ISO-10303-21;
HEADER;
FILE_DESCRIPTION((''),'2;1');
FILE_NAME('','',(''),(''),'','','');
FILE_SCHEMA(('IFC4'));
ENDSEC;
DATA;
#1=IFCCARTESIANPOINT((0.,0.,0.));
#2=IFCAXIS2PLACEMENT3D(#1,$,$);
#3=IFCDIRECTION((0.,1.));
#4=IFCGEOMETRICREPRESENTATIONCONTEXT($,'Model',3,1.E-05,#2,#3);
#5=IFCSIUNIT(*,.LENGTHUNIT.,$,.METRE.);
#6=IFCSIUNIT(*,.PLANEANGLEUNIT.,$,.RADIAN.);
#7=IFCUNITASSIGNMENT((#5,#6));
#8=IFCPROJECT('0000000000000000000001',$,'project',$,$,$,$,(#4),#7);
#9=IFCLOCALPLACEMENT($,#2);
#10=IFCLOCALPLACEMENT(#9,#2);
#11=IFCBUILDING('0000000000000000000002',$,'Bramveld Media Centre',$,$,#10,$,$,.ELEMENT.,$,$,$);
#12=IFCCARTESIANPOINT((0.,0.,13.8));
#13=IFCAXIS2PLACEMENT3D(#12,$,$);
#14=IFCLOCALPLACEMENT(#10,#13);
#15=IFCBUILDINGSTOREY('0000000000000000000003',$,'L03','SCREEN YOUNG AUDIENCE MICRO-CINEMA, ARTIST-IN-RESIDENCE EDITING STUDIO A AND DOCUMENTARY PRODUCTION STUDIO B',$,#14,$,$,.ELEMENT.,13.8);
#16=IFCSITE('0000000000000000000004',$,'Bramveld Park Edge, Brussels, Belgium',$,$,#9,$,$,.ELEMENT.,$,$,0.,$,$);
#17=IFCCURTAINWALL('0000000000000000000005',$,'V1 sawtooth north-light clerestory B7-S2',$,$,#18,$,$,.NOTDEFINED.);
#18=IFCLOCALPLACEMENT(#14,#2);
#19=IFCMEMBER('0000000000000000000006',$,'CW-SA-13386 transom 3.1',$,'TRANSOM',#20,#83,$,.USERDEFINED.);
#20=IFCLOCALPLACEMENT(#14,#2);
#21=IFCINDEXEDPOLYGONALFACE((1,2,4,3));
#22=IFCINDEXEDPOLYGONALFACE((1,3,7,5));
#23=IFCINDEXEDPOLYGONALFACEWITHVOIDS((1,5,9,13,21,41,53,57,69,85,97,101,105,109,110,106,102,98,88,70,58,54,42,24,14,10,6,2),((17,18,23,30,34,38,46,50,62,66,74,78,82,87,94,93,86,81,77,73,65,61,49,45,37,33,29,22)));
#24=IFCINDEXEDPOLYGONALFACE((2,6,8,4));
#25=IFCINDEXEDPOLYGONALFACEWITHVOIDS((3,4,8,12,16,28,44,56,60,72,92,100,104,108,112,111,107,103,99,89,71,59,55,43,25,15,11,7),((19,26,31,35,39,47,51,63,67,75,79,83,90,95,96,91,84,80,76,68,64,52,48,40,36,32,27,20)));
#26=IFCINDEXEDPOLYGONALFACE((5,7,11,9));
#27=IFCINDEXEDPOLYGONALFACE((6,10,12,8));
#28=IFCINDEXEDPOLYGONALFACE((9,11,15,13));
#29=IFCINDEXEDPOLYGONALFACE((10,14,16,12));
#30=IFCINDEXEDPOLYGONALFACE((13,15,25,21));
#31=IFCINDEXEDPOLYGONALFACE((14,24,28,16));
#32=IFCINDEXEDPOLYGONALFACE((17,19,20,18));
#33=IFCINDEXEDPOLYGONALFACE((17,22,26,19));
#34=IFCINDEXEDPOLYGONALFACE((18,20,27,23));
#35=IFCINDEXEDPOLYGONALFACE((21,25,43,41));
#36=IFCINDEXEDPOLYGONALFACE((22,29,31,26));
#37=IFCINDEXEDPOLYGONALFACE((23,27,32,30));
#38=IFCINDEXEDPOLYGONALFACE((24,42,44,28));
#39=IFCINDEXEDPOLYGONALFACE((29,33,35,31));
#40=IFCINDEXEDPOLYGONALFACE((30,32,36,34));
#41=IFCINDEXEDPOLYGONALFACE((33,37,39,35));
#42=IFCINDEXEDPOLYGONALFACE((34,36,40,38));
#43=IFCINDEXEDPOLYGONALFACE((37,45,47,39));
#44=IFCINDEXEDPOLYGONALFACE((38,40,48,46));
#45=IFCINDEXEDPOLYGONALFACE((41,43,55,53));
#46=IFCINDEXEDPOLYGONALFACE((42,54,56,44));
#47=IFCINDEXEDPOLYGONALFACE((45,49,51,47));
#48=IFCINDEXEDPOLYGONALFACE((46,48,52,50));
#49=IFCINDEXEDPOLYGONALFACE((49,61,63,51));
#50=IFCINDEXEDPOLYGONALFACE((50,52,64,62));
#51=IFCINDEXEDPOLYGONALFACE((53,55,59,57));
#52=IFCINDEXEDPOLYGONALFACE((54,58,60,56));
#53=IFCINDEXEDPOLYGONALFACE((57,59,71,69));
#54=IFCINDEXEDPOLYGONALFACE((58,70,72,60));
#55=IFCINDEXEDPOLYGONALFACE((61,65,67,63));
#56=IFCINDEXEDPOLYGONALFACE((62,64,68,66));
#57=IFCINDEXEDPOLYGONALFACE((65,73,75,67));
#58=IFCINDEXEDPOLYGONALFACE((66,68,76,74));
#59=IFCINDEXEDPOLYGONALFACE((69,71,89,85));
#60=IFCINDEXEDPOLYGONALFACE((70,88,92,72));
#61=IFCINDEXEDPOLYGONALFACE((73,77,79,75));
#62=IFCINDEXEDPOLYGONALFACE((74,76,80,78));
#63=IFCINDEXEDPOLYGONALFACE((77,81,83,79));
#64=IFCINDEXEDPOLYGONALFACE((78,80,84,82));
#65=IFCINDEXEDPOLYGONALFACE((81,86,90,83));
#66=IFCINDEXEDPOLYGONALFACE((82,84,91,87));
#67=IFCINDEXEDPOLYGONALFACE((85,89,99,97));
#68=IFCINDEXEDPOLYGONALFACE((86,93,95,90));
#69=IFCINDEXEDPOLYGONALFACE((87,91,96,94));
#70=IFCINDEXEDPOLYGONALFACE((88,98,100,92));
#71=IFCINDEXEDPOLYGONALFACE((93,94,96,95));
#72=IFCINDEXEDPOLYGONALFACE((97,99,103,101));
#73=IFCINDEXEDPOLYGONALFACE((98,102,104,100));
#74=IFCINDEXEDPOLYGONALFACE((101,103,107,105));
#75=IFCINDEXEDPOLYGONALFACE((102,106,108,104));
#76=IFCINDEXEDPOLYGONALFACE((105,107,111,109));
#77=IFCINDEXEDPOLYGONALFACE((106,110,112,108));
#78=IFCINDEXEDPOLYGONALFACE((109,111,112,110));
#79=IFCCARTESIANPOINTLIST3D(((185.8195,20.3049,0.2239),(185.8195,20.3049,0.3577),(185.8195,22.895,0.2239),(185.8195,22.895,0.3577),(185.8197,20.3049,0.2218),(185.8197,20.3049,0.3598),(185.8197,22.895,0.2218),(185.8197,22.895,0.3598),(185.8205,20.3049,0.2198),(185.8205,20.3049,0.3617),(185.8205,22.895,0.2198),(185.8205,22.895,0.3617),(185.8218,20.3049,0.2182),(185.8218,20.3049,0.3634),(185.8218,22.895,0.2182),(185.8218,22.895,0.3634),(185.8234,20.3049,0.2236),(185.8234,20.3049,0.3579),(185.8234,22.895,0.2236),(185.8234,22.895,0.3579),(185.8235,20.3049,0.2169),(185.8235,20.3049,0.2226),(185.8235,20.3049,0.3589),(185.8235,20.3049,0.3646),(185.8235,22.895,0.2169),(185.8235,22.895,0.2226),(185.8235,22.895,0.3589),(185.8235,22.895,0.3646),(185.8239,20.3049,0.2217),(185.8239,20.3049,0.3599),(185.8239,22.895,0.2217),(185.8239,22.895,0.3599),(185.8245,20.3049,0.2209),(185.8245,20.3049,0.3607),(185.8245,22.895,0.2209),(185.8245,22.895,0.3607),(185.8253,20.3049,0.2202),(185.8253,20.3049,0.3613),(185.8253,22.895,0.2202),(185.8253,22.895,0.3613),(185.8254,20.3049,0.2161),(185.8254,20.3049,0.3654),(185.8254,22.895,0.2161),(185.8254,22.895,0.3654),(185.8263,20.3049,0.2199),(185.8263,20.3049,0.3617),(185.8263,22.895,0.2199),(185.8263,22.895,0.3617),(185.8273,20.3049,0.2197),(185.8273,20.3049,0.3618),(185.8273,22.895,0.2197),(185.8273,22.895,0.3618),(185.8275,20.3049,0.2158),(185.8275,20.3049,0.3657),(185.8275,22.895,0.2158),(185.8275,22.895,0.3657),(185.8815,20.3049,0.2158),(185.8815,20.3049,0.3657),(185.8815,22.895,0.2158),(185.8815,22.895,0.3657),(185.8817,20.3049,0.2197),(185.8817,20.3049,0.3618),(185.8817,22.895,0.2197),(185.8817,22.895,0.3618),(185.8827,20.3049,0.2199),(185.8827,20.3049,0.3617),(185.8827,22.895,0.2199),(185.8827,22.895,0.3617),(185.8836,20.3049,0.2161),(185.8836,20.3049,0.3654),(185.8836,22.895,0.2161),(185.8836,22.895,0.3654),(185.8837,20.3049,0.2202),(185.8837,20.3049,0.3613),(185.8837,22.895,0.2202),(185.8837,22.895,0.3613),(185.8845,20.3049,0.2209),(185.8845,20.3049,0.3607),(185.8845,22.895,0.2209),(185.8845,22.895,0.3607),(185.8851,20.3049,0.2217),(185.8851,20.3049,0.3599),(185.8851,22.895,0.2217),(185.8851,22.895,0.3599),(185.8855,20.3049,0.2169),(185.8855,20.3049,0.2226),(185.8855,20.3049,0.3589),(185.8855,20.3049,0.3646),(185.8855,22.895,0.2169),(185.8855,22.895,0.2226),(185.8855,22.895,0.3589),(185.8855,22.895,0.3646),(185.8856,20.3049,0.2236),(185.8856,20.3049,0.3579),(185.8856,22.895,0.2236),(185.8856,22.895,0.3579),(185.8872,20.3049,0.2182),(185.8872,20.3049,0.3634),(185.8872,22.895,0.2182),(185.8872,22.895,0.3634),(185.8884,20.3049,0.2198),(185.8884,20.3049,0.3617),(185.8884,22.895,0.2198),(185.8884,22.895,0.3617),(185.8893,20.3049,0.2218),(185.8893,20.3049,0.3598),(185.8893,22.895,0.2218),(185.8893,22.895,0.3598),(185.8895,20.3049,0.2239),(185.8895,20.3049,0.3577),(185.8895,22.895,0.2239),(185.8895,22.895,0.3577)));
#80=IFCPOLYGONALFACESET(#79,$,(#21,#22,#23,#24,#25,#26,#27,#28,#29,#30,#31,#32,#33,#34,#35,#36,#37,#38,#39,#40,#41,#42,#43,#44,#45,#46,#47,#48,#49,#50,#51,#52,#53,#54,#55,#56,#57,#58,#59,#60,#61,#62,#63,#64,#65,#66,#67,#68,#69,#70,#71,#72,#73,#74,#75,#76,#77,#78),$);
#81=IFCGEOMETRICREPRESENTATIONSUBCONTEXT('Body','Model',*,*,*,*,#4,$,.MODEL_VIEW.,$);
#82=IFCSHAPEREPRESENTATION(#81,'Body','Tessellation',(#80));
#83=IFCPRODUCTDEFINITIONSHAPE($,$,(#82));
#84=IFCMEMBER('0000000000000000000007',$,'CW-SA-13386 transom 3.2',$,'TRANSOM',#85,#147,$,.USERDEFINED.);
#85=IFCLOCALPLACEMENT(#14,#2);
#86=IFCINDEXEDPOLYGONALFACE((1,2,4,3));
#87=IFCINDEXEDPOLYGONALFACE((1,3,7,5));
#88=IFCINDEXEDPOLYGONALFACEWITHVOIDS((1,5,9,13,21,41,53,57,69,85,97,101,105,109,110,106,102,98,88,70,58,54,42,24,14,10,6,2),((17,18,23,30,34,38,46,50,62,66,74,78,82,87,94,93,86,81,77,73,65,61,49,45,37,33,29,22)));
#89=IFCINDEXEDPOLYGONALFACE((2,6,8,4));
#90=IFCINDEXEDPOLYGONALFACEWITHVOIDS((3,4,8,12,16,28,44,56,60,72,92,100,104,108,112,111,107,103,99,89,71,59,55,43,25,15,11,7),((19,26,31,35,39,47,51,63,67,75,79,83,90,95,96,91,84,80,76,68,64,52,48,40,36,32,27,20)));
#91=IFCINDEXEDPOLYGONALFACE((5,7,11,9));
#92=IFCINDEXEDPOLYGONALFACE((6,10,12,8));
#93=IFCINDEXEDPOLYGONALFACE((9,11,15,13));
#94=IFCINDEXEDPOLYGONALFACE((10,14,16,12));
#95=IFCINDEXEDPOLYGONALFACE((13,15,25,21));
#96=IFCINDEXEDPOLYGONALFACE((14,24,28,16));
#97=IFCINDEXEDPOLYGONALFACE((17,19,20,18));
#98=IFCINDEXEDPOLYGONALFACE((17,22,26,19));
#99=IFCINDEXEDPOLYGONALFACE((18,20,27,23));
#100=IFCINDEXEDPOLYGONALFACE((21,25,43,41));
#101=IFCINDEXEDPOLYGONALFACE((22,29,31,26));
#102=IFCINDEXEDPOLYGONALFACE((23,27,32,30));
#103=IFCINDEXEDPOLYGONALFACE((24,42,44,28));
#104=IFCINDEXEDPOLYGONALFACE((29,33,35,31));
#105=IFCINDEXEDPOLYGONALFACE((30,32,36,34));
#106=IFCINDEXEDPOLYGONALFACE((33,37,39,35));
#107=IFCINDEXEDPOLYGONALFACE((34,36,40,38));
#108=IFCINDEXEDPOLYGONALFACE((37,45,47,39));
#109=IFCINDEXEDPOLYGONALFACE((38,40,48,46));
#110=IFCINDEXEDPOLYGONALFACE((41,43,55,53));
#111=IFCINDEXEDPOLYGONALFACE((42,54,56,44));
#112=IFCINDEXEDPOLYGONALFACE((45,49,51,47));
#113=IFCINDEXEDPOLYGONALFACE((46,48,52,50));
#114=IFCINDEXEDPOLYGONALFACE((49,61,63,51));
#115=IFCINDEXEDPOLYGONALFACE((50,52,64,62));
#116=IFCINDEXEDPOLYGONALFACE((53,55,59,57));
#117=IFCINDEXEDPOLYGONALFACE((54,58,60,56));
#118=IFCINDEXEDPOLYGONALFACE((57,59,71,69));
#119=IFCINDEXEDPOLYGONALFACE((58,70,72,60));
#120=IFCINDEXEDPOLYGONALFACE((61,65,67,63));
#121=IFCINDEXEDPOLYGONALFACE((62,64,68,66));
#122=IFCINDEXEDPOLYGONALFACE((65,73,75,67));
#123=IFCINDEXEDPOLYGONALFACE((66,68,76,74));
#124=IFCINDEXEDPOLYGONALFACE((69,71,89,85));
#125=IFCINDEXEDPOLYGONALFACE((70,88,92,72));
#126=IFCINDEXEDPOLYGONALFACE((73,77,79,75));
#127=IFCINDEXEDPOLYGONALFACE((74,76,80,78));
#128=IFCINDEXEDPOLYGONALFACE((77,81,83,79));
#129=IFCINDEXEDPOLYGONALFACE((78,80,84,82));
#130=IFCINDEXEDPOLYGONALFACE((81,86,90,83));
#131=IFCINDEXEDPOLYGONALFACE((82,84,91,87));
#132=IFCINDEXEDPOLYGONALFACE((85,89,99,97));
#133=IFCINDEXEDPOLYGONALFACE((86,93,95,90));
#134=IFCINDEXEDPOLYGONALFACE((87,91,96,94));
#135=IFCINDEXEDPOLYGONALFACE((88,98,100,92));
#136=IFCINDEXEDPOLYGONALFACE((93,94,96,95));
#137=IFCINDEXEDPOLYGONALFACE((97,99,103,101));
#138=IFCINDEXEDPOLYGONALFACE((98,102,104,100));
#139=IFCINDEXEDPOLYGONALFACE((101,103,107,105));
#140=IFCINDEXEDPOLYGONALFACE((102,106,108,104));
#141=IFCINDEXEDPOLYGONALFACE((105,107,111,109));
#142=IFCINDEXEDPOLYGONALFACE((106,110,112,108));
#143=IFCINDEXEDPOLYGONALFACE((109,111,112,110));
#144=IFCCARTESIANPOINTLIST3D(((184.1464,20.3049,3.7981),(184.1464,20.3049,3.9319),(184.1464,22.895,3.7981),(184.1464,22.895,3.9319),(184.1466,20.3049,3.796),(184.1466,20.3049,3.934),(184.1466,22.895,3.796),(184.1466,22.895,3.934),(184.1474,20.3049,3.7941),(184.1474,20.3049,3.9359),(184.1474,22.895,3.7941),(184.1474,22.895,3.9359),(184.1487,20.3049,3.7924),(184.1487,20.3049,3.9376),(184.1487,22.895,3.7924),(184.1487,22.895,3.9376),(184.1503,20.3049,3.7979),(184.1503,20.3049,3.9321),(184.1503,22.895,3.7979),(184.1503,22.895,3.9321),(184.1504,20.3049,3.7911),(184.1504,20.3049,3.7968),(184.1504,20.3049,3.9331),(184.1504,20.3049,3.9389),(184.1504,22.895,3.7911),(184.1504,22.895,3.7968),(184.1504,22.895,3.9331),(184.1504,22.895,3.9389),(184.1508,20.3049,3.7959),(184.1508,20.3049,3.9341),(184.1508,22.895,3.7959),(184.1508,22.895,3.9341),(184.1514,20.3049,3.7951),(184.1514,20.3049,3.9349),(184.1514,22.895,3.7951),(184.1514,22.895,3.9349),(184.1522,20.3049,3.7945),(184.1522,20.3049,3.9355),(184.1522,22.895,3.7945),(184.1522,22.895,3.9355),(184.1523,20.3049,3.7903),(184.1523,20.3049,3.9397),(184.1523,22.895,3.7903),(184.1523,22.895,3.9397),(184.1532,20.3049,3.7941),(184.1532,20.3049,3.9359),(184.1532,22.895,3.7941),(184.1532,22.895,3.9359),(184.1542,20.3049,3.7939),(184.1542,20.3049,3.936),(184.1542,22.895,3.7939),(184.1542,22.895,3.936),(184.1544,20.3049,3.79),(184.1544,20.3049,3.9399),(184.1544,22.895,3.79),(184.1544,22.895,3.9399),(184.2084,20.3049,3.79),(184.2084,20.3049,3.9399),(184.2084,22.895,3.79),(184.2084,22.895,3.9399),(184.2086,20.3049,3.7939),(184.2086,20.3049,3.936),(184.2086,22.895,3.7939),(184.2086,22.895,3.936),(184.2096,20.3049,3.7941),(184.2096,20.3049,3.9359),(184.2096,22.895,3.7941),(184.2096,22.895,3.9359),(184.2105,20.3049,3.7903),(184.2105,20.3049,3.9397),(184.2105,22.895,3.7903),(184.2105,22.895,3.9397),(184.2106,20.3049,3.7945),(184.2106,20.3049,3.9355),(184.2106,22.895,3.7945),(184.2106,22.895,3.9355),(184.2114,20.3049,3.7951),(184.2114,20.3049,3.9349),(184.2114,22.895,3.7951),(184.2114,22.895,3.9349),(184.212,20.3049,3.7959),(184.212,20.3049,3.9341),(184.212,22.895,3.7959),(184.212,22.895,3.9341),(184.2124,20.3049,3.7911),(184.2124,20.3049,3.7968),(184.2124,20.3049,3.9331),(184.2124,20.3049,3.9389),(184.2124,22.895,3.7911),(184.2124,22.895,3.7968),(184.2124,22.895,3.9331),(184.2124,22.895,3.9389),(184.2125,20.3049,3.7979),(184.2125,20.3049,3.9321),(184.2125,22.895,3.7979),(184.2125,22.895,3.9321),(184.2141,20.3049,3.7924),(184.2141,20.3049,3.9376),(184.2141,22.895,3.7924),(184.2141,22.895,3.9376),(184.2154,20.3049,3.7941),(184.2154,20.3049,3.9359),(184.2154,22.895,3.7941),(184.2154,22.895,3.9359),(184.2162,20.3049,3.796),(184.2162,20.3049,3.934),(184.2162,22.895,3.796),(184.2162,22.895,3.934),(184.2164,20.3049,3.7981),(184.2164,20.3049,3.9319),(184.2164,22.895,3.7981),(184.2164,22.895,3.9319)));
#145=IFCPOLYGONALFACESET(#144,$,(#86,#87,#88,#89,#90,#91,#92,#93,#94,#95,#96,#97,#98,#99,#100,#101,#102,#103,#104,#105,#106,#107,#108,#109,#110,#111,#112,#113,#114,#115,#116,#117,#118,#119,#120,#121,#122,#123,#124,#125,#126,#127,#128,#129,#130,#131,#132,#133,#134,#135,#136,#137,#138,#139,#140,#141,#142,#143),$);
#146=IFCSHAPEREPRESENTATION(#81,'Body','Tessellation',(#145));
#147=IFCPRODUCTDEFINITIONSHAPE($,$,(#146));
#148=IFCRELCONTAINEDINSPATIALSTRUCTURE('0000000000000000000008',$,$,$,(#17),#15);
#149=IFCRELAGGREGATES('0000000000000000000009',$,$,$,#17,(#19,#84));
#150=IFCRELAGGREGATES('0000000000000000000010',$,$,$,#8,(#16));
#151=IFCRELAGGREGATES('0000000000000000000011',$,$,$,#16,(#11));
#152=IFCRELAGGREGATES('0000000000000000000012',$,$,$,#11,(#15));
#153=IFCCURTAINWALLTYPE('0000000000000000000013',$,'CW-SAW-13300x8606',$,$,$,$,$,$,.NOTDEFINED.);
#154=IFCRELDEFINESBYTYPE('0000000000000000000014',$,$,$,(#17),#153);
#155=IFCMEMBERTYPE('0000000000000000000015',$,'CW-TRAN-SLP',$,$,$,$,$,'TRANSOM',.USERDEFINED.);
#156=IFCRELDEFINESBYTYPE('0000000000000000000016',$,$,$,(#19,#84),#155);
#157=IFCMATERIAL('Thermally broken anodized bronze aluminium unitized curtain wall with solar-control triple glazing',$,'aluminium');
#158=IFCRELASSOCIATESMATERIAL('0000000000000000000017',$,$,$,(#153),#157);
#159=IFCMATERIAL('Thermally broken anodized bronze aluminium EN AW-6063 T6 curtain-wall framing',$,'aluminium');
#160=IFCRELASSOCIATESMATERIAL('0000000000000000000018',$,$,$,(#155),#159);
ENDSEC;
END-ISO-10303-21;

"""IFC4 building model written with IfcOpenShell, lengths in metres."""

from ifc_helpers import new_model, si_unit, direction, frame, origin, origin_2d, place, context, subcontext, project, spatial, hollow_rectangle, extrude, material, material_profile, profile_set, type_object, element, aggregate, save


model = new_model("IFC4")

# Units and contexts
model_context = context("Model", 3, precision=1e-05, world=origin(), true_north=direction((0.0, 1.0)))
body_context = subcontext(model_context, "Body", "Model", "MODEL_VIEW")
ifc_project = project(units=[si_unit("LENGTHUNIT", "METRE"), si_unit("PLANEANGLEUNIT", "RADIAN")], contexts=[model_context])

# Site, building, storey
site_placement = place(None, origin())
site = spatial("IfcSite", under=ifc_project, at=site_placement, Name="Bramveld Park Edge, Brussels, Belgium", CompositionType="ELEMENT", RefElevation=0.0)
building_placement = place(site_placement, origin())
building = spatial("IfcBuilding", under=site, at=building_placement, Name="Bramveld Media Centre", CompositionType="ELEMENT")
storey_placement = place(building_placement, frame((0.0, 0.0, 13.8)))
storey = spatial("IfcBuildingStorey", under=building, at=storey_placement, Name="L03", Description="SCREEN YOUNG AUDIENCE MICRO-CINEMA, ARTIST-IN-RESIDENCE EDITING STUDIO A AND DOCUMENTARY PRODUCTION STUDIO B", CompositionType="ELEMENT", Elevation=13.8)

# Curtain wall, members
ifc_material_1 = material(Name="Thermally broken anodized bronze aluminium unitized curtain wall with solar-control triple glazing", Category="aluminium")
curtain_wall_type = type_object("IfcCurtainWallType", Name="CW-SAW-13300x8606", PredefinedType="NOTDEFINED", material=ifc_material_1)
curtain_wall_placement = place(storey_placement, origin())
curtain_wall = element("IfcCurtainWall", 1, at=curtain_wall_placement, inside=storey, type_object=curtain_wall_type, Name="V1 sawtooth north-light clerestory B7-S2", PredefinedType="NOTDEFINED")
ifc_material_2 = material(Name="Thermally broken anodized bronze aluminium EN AW-6063 T6 curtain-wall framing", Category="aluminium")
ifc_material_profile_1 = material_profile(ifc_material_2, hollow_rectangle(XDim=0.0701, YDim=0.1499, WallThickness=0.0039, InnerFilletRadius=0.0039, OuterFilletRadius=0.0081, at=origin_2d()), Name="AL-TRAN 70x150")
ifc_profile_set_1 = profile_set([ifc_material_profile_1], Name="Thermally broken anodized bronze aluminium EN AW-6063 T6 curtain-wall framing")
member_type_1 = type_object("IfcMemberType", Name="CW-TRAN-SLP", ElementType="TRANSOM", PredefinedType="USERDEFINED", material=ifc_profile_set_1)
member_1_placement = place(storey_placement, frame((185.8545, 20.3049, 0.2908), z_axis=(0.0, 1.0, 0.0), x_axis=(-1.0, 0.0, 0.0)))
member_1 = element("IfcMember", 2, at=member_1_placement, type_object=member_type_1, Name="CW-SA-13386 transom 3.1", ObjectType="TRANSOM", PredefinedType="USERDEFINED", context=body_context, shape_type="SweptSolid", body=[
    extrude(hollow_rectangle(XDim=0.0701, YDim=0.1499, WallThickness=0.0039, InnerFilletRadius=0.0039, OuterFilletRadius=0.0081, at=origin_2d()), origin(), (0.0, 0.0, 1.0), 2.5901),
])
member_2_placement = place(storey_placement, frame((184.1814, 20.3049, 3.865), z_axis=(0.0, 1.0, 0.0), x_axis=(-1.0, 0.0, 0.0)))
member_2 = element("IfcMember", 3, at=member_2_placement, type_object=member_type_1, Name="CW-SA-13386 transom 3.2", ObjectType="TRANSOM", PredefinedType="USERDEFINED", context=body_context, shape_type="SweptSolid", body=[
    extrude(hollow_rectangle(XDim=0.0701, YDim=0.1499, WallThickness=0.0039, InnerFilletRadius=0.0039, OuterFilletRadius=0.0081, at=origin_2d()), origin(), (0.0, 0.0, 1.0), 2.5901),
])

aggregate(curtain_wall, [member_1, member_2])

save(model, "model.ifc")
